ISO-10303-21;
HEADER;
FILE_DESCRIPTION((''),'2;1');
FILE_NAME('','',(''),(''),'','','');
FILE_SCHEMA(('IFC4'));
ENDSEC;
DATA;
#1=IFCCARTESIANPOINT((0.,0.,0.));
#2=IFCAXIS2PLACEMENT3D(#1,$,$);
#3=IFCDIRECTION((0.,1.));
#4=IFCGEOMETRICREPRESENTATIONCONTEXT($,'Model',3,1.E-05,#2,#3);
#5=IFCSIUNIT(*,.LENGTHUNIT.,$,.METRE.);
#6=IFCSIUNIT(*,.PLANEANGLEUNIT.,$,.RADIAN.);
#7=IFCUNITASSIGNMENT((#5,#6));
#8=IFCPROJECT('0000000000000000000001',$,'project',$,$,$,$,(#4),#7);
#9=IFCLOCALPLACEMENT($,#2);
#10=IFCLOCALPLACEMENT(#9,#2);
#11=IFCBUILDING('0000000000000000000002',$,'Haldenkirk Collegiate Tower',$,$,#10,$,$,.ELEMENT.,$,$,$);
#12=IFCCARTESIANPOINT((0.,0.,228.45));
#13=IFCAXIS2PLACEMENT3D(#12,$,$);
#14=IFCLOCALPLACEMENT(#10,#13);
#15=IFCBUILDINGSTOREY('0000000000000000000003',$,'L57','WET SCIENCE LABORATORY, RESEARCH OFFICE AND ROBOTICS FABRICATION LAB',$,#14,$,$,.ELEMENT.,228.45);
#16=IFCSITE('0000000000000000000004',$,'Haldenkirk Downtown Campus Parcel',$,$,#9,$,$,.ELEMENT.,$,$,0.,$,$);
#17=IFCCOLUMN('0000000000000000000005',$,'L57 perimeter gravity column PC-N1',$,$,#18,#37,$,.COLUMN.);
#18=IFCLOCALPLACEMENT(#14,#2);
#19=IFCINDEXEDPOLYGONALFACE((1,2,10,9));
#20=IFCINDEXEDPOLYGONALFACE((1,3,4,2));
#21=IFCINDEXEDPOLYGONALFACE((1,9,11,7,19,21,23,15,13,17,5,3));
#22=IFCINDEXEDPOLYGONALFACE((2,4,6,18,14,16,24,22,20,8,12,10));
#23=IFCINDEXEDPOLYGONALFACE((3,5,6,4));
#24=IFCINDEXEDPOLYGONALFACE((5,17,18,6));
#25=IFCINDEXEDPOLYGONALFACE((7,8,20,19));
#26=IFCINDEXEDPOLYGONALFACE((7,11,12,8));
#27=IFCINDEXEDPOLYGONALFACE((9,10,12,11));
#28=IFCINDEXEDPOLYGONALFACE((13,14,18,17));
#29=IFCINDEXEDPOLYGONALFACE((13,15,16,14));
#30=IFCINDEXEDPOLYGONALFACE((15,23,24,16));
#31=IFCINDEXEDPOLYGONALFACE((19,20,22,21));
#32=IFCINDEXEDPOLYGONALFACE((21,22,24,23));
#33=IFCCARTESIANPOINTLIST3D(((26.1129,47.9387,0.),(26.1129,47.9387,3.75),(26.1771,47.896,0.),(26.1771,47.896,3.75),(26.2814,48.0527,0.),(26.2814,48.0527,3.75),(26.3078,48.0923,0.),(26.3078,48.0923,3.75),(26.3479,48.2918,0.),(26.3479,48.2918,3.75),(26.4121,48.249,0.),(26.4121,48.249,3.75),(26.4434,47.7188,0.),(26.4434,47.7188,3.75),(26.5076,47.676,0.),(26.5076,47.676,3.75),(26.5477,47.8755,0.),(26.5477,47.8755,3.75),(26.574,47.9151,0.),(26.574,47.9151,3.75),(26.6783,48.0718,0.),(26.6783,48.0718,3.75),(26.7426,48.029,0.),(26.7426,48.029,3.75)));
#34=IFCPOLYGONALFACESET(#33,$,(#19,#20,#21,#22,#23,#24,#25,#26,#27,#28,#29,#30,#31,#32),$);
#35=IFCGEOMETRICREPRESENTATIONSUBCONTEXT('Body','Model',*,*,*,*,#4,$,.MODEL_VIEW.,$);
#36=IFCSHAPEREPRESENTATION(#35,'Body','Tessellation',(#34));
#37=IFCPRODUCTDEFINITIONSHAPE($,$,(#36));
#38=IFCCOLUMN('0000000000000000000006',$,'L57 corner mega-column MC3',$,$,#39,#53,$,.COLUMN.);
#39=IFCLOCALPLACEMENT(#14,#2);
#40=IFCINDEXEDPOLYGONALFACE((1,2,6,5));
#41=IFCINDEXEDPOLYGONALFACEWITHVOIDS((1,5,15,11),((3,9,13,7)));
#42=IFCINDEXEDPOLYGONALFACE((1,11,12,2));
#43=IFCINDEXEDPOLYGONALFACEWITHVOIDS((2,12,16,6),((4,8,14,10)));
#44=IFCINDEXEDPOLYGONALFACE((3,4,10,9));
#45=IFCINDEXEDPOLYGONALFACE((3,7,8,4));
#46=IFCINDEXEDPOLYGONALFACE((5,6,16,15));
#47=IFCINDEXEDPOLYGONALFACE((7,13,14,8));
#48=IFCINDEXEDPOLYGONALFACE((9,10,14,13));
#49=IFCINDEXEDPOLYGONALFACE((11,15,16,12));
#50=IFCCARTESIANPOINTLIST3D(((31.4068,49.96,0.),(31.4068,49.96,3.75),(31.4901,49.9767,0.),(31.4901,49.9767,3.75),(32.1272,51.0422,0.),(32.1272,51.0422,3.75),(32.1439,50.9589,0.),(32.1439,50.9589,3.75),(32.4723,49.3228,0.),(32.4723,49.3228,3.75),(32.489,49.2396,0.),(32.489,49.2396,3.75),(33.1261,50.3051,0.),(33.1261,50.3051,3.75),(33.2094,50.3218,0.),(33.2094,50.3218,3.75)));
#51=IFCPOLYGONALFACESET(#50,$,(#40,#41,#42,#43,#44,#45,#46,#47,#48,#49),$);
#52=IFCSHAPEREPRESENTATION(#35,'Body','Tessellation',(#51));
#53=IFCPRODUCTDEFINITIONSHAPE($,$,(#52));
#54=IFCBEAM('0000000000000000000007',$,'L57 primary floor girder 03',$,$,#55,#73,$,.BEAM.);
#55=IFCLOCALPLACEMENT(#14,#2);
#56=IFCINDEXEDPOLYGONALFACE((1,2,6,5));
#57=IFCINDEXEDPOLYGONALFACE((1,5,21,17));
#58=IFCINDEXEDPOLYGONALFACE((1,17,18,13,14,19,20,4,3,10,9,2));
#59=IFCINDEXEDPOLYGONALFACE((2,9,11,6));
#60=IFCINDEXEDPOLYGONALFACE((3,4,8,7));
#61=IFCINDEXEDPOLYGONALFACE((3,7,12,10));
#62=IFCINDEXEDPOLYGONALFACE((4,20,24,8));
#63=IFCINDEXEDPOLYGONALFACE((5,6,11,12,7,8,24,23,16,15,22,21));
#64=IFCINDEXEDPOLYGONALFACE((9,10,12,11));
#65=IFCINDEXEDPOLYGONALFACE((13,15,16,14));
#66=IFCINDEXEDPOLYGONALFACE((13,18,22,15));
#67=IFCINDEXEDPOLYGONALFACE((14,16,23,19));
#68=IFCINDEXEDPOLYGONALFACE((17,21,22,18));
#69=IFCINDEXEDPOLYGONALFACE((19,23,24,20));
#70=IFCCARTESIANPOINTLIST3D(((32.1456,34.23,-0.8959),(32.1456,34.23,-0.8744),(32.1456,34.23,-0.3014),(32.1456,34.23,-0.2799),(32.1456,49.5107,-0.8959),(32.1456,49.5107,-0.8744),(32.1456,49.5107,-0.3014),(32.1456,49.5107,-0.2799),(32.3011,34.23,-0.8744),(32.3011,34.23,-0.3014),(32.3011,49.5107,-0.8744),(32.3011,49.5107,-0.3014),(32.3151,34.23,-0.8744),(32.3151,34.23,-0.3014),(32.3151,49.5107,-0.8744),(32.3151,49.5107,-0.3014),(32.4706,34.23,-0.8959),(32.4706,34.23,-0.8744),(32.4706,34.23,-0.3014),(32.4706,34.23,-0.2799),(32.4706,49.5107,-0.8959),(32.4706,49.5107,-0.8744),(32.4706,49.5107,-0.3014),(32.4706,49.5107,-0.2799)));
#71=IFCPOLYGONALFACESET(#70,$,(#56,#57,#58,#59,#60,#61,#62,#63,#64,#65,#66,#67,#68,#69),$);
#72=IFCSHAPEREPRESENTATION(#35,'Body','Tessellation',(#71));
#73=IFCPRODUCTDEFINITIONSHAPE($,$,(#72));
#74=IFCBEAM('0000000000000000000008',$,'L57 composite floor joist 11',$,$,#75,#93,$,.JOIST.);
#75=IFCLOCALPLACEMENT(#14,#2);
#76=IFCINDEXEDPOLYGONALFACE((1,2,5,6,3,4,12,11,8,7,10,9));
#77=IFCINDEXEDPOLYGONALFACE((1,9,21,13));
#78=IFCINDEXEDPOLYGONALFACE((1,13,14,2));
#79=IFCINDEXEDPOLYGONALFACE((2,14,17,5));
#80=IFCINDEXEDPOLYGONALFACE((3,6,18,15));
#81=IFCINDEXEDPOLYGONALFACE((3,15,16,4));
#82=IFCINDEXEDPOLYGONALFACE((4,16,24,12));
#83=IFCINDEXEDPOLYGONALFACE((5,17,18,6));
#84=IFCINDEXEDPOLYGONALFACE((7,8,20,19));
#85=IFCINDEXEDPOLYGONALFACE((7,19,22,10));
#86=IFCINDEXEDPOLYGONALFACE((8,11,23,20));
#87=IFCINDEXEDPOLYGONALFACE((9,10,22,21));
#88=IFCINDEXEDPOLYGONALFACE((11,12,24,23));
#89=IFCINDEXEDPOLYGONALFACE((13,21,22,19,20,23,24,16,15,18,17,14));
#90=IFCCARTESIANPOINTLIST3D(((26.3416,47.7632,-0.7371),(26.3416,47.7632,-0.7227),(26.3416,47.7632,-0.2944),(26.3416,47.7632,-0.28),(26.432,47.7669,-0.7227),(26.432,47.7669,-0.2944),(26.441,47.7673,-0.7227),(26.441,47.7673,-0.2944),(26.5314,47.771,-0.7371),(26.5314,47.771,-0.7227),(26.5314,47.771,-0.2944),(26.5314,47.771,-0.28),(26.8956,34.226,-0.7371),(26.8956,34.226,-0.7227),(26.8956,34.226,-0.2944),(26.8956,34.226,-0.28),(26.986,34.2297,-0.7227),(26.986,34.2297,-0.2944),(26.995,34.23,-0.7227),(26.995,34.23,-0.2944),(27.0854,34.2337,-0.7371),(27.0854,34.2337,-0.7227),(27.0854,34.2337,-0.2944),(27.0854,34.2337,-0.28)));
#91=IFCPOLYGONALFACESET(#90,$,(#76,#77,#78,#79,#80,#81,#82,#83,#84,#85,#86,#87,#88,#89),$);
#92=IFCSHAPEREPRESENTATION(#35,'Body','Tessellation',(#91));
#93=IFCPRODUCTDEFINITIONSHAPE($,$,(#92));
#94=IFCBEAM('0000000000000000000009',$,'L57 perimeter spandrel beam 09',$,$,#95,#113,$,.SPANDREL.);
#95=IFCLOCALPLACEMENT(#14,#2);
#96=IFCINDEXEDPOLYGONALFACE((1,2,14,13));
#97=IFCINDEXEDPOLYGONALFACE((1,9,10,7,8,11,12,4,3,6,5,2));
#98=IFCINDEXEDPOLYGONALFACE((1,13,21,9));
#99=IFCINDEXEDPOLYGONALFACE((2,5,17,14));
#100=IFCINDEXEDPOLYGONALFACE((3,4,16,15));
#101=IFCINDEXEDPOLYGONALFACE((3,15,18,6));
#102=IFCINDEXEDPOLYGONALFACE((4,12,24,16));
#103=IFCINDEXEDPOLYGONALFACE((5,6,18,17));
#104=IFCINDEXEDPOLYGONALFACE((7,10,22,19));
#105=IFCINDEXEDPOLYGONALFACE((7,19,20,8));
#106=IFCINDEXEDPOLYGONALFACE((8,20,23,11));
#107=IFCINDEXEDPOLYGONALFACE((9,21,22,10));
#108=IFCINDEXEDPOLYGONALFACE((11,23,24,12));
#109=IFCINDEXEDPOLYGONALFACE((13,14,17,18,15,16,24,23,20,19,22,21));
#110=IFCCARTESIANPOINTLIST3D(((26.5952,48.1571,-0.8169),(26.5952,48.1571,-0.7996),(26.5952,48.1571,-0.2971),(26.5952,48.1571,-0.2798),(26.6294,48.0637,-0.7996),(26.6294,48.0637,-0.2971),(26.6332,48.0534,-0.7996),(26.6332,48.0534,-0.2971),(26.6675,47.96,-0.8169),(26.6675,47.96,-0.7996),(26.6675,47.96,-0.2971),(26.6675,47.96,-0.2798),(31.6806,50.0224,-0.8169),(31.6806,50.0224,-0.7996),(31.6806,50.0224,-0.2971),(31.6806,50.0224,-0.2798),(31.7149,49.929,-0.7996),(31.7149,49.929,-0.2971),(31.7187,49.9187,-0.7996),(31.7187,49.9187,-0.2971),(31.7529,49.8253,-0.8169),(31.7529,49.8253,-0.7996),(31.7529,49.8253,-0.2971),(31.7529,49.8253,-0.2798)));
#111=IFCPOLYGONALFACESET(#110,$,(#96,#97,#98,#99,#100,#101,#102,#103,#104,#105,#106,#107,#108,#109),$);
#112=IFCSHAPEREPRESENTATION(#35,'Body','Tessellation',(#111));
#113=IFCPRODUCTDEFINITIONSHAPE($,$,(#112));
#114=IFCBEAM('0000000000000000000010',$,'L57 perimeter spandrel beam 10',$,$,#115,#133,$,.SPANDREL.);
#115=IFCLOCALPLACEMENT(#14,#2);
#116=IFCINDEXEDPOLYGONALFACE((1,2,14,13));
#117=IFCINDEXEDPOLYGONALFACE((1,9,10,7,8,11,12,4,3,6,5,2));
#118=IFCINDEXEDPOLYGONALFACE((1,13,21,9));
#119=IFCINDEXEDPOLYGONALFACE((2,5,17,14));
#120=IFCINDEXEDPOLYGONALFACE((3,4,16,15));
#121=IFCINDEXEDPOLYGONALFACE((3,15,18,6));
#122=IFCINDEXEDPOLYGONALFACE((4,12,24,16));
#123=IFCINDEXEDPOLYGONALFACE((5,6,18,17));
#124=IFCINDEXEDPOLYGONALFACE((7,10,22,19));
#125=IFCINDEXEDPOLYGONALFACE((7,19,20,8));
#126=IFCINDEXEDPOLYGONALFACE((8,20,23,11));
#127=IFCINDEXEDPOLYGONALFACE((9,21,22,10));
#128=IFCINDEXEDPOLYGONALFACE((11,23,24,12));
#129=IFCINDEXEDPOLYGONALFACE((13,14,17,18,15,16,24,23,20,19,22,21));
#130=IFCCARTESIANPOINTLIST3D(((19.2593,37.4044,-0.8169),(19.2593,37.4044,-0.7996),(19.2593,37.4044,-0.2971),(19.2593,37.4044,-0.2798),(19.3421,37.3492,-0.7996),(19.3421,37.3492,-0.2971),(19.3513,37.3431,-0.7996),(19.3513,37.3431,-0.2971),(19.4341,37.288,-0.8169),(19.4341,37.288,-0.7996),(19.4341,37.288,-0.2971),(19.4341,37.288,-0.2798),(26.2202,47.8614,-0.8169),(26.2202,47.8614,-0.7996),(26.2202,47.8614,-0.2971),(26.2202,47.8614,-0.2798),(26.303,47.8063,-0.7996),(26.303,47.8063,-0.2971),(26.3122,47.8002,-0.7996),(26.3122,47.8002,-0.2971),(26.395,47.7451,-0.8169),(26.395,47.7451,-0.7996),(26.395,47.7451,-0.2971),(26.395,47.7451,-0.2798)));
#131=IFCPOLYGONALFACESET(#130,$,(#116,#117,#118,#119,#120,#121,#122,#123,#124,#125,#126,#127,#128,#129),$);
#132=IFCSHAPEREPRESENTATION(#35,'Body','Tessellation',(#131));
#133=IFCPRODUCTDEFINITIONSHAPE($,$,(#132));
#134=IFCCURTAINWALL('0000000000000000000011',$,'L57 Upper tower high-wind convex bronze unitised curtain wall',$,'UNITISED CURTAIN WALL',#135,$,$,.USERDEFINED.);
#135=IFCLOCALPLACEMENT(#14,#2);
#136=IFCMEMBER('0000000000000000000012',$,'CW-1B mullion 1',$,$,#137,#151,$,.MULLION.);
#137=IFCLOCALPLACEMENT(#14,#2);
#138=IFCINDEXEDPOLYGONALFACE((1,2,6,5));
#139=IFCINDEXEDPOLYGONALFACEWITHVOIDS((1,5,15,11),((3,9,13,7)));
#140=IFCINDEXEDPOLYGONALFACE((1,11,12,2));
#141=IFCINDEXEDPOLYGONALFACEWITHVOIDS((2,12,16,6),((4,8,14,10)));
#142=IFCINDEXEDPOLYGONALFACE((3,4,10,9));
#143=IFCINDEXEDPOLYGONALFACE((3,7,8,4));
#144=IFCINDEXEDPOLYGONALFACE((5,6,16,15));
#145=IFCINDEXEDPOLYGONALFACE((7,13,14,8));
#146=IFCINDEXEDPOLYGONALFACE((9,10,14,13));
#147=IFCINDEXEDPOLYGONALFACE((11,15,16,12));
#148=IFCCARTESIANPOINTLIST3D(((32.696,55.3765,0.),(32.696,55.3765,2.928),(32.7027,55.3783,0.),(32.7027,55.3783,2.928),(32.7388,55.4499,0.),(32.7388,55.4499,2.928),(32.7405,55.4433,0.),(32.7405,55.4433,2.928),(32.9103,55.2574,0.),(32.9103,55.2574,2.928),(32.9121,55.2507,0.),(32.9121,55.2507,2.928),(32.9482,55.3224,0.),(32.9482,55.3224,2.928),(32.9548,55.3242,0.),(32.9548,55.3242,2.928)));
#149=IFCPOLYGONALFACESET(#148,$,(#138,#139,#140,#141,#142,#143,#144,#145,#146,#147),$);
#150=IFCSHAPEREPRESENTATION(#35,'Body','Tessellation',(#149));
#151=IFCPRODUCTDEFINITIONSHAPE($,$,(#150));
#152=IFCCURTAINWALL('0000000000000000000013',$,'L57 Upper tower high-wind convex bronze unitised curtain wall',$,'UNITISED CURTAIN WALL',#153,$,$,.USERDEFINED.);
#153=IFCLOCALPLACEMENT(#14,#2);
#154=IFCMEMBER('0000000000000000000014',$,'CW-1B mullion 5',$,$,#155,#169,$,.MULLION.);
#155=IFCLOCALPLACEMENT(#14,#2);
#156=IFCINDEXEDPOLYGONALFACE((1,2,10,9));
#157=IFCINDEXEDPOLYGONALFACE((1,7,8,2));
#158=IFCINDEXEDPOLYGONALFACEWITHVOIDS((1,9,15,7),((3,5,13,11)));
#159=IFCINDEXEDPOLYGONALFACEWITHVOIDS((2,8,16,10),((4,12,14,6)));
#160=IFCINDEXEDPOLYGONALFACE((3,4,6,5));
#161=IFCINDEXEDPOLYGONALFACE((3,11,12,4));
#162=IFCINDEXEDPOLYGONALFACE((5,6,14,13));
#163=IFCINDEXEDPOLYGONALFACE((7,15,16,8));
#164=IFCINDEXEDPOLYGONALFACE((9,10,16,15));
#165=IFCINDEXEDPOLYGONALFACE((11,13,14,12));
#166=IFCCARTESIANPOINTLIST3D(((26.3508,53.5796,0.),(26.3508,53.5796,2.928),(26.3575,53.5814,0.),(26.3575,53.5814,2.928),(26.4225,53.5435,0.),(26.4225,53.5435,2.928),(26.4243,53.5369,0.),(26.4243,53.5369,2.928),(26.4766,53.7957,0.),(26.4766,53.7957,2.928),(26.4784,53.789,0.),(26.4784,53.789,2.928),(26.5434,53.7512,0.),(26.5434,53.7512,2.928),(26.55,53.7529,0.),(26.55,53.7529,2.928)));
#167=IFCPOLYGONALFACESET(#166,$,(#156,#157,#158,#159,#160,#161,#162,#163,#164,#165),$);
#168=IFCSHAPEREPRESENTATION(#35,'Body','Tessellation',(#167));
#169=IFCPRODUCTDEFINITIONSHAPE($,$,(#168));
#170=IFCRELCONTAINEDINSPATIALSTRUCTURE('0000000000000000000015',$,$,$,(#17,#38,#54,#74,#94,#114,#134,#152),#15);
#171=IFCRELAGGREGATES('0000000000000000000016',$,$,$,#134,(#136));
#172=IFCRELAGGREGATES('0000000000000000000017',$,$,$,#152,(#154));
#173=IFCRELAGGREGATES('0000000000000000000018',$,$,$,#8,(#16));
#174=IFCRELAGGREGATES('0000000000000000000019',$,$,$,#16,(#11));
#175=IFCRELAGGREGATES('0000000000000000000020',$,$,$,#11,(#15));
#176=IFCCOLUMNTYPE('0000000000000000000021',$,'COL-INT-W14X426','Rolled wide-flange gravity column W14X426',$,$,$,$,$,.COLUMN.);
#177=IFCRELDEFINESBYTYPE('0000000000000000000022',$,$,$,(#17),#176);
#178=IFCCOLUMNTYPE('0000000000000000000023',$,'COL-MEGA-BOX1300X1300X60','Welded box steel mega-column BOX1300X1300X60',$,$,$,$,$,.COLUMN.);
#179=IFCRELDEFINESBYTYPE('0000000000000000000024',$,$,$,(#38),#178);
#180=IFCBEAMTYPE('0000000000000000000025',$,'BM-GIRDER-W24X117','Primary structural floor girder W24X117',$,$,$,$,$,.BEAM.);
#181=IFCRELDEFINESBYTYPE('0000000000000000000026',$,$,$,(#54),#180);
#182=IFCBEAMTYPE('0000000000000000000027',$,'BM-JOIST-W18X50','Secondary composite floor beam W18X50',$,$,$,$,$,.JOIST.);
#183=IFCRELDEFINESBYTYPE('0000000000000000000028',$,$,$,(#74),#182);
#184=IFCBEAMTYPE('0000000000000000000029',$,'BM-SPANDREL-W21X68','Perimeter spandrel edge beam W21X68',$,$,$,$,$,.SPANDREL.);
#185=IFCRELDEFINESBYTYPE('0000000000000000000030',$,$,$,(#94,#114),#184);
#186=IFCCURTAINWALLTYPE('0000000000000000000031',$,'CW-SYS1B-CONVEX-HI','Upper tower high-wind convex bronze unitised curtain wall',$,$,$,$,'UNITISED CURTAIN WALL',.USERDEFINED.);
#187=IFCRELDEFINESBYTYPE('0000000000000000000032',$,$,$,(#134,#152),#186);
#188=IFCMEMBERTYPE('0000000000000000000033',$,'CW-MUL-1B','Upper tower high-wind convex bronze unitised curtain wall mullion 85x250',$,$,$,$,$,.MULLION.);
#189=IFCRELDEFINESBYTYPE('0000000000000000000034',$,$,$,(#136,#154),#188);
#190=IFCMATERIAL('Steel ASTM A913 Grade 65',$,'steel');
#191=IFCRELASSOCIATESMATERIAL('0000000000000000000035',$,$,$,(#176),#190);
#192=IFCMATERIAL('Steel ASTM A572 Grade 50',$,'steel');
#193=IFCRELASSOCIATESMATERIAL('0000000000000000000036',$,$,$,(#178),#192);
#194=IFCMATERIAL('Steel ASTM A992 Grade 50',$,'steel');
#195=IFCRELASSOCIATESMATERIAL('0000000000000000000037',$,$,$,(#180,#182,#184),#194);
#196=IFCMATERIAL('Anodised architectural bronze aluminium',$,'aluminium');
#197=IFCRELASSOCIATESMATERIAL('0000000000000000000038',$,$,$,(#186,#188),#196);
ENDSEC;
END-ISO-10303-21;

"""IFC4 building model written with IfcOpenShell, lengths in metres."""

from ifc_helpers import new_model, si_unit, direction, frame, origin, origin_2d, place, context, subcontext, project, spatial, hollow_rectangle, i_section, extrude, material, material_profile, profile_set, type_object, element, aggregate, save


model = new_model("IFC4")

# Units and contexts
model_context = context("Model", 3, precision=1e-05, world=origin(), true_north=direction((0.0, 1.0)))
body_context = subcontext(model_context, "Body", "Model", "MODEL_VIEW")
ifc_project = project(units=[si_unit("LENGTHUNIT", "METRE"), si_unit("PLANEANGLEUNIT", "RADIAN")], contexts=[model_context])

# Site, building, storey
site_placement = place(None, origin())
site = spatial("IfcSite", under=ifc_project, at=site_placement, Name="Haldenkirk Downtown Campus Parcel", CompositionType="ELEMENT", RefElevation=0.0)
building_placement = place(site_placement, origin())
building = spatial("IfcBuilding", under=site, at=building_placement, Name="Haldenkirk Collegiate Tower", CompositionType="ELEMENT")
storey_placement = place(building_placement, frame((0.0, 0.0, 228.45)))
storey = spatial("IfcBuildingStorey", under=building, at=storey_placement, Name="L57", Description="WET SCIENCE LABORATORY, RESEARCH OFFICE AND ROBOTICS FABRICATION LAB", CompositionType="ELEMENT", Elevation=228.45)

# Columns
ifc_material_1 = material(Name="Steel ASTM A913 Grade 65", Category="steel")
ifc_material_profile_1 = material_profile(ifc_material_1, i_section(OverallWidth=0.4241, OverallDepth=0.4741, WebThickness=0.0476, FlangeThickness=0.0771, at=origin_2d()), Name="W14X426")
ifc_profile_set_1 = profile_set([ifc_material_profile_1], Name="Steel ASTM A913 Grade 65")
column_type_1 = type_object("IfcColumnType", Name="COL-INT-W14X426", Description="Rolled wide-flange gravity column W14X426", PredefinedType="COLUMN", material=ifc_profile_set_1)
column_1_placement = place(storey_placement, frame((26.4277, 47.9839, 0.0), z_axis=(0.0, 0.0, 1.0), x_axis=(0.554118, 0.832438, 0.0)))
element("IfcColumn", 1, at=column_1_placement, inside=storey, type_object=column_type_1, Name="L57 perimeter gravity column PC-N1", PredefinedType="COLUMN", context=body_context, shape_type="SweptSolid", body=[
    extrude(i_section(OverallWidth=0.4241, OverallDepth=0.4741, WebThickness=0.0476, FlangeThickness=0.0771, at=origin_2d()), origin(), (0.0, 0.0, 1.0), 3.75),
])
ifc_material_2 = material(Name="Steel ASTM A572 Grade 50", Category="steel")
ifc_material_profile_2 = material_profile(ifc_material_2, hollow_rectangle(XDim=1.3, YDim=1.3, WallThickness=0.0601, at=origin_2d()), Name="BOX1300X1300X60")
ifc_profile_set_2 = profile_set([ifc_material_profile_2], Name="Steel ASTM A572 Grade 50")
column_type_2 = type_object("IfcColumnType", Name="COL-MEGA-BOX1300X1300X60", Description="Welded box steel mega-column BOX1300X1300X60", PredefinedType="COLUMN", material=ifc_profile_set_2)
column_2_placement = place(storey_placement, frame((32.3081, 50.1409, 0.0), z_axis=(0.0, 0.0, 1.0), x_axis=(0.554118, 0.832438, 0.0)))
element("IfcColumn", 2, at=column_2_placement, inside=storey, type_object=column_type_2, Name="L57 corner mega-column MC3", PredefinedType="COLUMN", context=body_context, shape_type="SweptSolid", body=[
    extrude(hollow_rectangle(XDim=1.3, YDim=1.3, WallThickness=0.0601, at=origin_2d()), origin(), (0.0, 0.0, 1.0), 3.75),
])

# Beams
ifc_material_3 = material(Name="Steel ASTM A992 Grade 50", Category="steel")
ifc_material_profile_3 = material_profile(ifc_material_3, i_section(OverallWidth=0.325, OverallDepth=0.616, WebThickness=0.0139, FlangeThickness=0.0215, at=origin_2d()), Name="W24X117")
ifc_profile_set_3 = profile_set([ifc_material_profile_3], Name="Steel ASTM A992 Grade 50")
beam_type_1 = type_object("IfcBeamType", Name="BM-GIRDER-W24X117", Description="Primary structural floor girder W24X117", PredefinedType="BEAM", material=ifc_profile_set_3)
beam_1_placement = place(storey_placement, frame((32.3081, 49.5107, -0.5879), z_axis=(0.0, -1.0, 0.0), x_axis=(1.0, 0.0, 0.0)))
element("IfcBeam", 3, at=beam_1_placement, inside=storey, type_object=beam_type_1, Name="L57 primary floor girder 03", PredefinedType="BEAM", context=body_context, shape_type="SweptSolid", body=[
    extrude(i_section(OverallWidth=0.325, OverallDepth=0.616, WebThickness=0.0139, FlangeThickness=0.0215, at=origin_2d()), origin(), (0.0, 0.0, 1.0), 15.2808),
])
ifc_material_profile_4 = material_profile(ifc_material_3, i_section(OverallWidth=0.1899, OverallDepth=0.457, WebThickness=0.009, FlangeThickness=0.0144, at=origin_2d()), Name="W18X50")
ifc_profile_set_4 = profile_set([ifc_material_profile_4], Name="Steel ASTM A992 Grade 50")
beam_type_2 = type_object("IfcBeamType", Name="BM-JOIST-W18X50", Description="Secondary composite floor beam W18X50", PredefinedType="JOIST", material=ifc_profile_set_4)
beam_2_placement = place(storey_placement, frame((26.4365, 47.7671, -0.5085), z_axis=(0.040886, -0.999164, 0.0), x_axis=(0.999164, 0.040886, 0.0)))
element("IfcBeam", 4, at=beam_2_placement, inside=storey, type_object=beam_type_2, Name="L57 composite floor joist 11", PredefinedType="JOIST", context=body_context, shape_type="SweptSolid", body=[
    extrude(i_section(OverallWidth=0.1899, OverallDepth=0.457, WebThickness=0.009, FlangeThickness=0.0144, at=origin_2d()), origin(), (0.0, 0.0, 1.0), 13.5486),
])
ifc_material_profile_5 = material_profile(ifc_material_3, i_section(OverallWidth=0.21, OverallDepth=0.5371, WebThickness=0.011, FlangeThickness=0.0173, at=origin_2d()), Name="W21X68")
ifc_profile_set_5 = profile_set([ifc_material_profile_5], Name="Steel ASTM A992 Grade 50")
beam_type_3 = type_object("IfcBeamType", Name="BM-SPANDREL-W21X68", Description="Perimeter spandrel edge beam W21X68", PredefinedType="SPANDREL", material=ifc_profile_set_5)
beam_3_placement = place(storey_placement, frame((31.7168, 49.9238, -0.5483), z_axis=(-0.938842, -0.344347, 0.0), x_axis=(0.344347, -0.938842, 0.0)))
element("IfcBeam", 5, at=beam_3_placement, inside=storey, type_object=beam_type_3, Name="L57 perimeter spandrel beam 09", PredefinedType="SPANDREL", context=body_context, shape_type="SweptSolid", body=[
    extrude(i_section(OverallWidth=0.21, OverallDepth=0.5371, WebThickness=0.011, FlangeThickness=0.0173, at=origin_2d()), origin(), (0.0, 0.0, 1.0), 5.4167),
])
beam_4_placement = place(storey_placement, frame((26.3076, 47.8032, -0.5483), z_axis=(-0.554126, -0.832433, 0.0), x_axis=(0.832433, -0.554126, 0.0)))
element("IfcBeam", 6, at=beam_4_placement, inside=storey, type_object=beam_type_3, Name="L57 perimeter spandrel beam 10", PredefinedType="SPANDREL", context=body_context, shape_type="SweptSolid", body=[
    extrude(i_section(OverallWidth=0.21, OverallDepth=0.5371, WebThickness=0.011, FlangeThickness=0.0173, at=origin_2d()), origin(), (0.0, 0.0, 1.0), 12.562),
])

# Curtain walls, members
ifc_material_4 = material(Name="Anodised architectural bronze aluminium", Category="aluminium")
curtain_wall_type = type_object("IfcCurtainWallType", Name="CW-SYS1B-CONVEX-HI", Description="Upper tower high-wind convex bronze unitised curtain wall", ElementType="UNITISED CURTAIN WALL", PredefinedType="USERDEFINED", material=ifc_material_4)
curtain_wall_1_placement = place(storey_placement, origin())
curtain_wall_1 = element("IfcCurtainWall", 7, at=curtain_wall_1_placement, inside=storey, type_object=curtain_wall_type, Name="L57 Upper tower high-wind convex bronze unitised curtain wall", ObjectType="UNITISED CURTAIN WALL", PredefinedType="USERDEFINED")
ifc_material_profile_6 = material_profile(ifc_material_4, hollow_rectangle(XDim=0.085, YDim=0.25, WallThickness=0.0049, at=origin_2d()), Name="CW-MUL-1B")
ifc_profile_set_6 = profile_set([ifc_material_profile_6], Name="Anodised architectural bronze aluminium")
member_type_1 = type_object("IfcMemberType", Name="CW-MUL-1B", Description="Upper tower high-wind convex bronze unitised curtain wall mullion 85x250", PredefinedType="MULLION", material=ifc_profile_set_6)
member_1_placement = place(storey_placement, frame((32.8254, 55.3503, 0.0), z_axis=(0.0, 0.0, 1.0), x_axis=(0.50302, 0.864275, 0.0)))
member_1 = element("IfcMember", 8, at=member_1_placement, type_object=member_type_1, Name="CW-1B mullion 1", PredefinedType="MULLION", context=body_context, shape_type="SweptSolid", body=[
    extrude(hollow_rectangle(XDim=0.085, YDim=0.25, WallThickness=0.0049, at=origin_2d()), origin(), (0.0, 0.0, 1.0), 2.928),
])
curtain_wall_2_placement = place(storey_placement, origin())
curtain_wall_2 = element("IfcCurtainWall", 9, at=curtain_wall_2_placement, inside=storey, type_object=curtain_wall_type, Name="L57 Upper tower high-wind convex bronze unitised curtain wall", ObjectType="UNITISED CURTAIN WALL", PredefinedType="USERDEFINED")
member_2_placement = place(storey_placement, frame((26.4504, 53.6663, 0.0), z_axis=(0.0, 0.0, 1.0), x_axis=(-0.864275, 0.50302, 0.0)))
member_2 = element("IfcMember", 10, at=member_2_placement, type_object=member_type_1, Name="CW-1B mullion 5", PredefinedType="MULLION", context=body_context, shape_type="SweptSolid", body=[
    extrude(hollow_rectangle(XDim=0.085, YDim=0.25, WallThickness=0.0049, at=origin_2d()), origin(), (0.0, 0.0, 1.0), 2.928),
])

aggregate(curtain_wall_1, [member_1])

aggregate(curtain_wall_2, [member_2])

save(model, "model.ifc")
